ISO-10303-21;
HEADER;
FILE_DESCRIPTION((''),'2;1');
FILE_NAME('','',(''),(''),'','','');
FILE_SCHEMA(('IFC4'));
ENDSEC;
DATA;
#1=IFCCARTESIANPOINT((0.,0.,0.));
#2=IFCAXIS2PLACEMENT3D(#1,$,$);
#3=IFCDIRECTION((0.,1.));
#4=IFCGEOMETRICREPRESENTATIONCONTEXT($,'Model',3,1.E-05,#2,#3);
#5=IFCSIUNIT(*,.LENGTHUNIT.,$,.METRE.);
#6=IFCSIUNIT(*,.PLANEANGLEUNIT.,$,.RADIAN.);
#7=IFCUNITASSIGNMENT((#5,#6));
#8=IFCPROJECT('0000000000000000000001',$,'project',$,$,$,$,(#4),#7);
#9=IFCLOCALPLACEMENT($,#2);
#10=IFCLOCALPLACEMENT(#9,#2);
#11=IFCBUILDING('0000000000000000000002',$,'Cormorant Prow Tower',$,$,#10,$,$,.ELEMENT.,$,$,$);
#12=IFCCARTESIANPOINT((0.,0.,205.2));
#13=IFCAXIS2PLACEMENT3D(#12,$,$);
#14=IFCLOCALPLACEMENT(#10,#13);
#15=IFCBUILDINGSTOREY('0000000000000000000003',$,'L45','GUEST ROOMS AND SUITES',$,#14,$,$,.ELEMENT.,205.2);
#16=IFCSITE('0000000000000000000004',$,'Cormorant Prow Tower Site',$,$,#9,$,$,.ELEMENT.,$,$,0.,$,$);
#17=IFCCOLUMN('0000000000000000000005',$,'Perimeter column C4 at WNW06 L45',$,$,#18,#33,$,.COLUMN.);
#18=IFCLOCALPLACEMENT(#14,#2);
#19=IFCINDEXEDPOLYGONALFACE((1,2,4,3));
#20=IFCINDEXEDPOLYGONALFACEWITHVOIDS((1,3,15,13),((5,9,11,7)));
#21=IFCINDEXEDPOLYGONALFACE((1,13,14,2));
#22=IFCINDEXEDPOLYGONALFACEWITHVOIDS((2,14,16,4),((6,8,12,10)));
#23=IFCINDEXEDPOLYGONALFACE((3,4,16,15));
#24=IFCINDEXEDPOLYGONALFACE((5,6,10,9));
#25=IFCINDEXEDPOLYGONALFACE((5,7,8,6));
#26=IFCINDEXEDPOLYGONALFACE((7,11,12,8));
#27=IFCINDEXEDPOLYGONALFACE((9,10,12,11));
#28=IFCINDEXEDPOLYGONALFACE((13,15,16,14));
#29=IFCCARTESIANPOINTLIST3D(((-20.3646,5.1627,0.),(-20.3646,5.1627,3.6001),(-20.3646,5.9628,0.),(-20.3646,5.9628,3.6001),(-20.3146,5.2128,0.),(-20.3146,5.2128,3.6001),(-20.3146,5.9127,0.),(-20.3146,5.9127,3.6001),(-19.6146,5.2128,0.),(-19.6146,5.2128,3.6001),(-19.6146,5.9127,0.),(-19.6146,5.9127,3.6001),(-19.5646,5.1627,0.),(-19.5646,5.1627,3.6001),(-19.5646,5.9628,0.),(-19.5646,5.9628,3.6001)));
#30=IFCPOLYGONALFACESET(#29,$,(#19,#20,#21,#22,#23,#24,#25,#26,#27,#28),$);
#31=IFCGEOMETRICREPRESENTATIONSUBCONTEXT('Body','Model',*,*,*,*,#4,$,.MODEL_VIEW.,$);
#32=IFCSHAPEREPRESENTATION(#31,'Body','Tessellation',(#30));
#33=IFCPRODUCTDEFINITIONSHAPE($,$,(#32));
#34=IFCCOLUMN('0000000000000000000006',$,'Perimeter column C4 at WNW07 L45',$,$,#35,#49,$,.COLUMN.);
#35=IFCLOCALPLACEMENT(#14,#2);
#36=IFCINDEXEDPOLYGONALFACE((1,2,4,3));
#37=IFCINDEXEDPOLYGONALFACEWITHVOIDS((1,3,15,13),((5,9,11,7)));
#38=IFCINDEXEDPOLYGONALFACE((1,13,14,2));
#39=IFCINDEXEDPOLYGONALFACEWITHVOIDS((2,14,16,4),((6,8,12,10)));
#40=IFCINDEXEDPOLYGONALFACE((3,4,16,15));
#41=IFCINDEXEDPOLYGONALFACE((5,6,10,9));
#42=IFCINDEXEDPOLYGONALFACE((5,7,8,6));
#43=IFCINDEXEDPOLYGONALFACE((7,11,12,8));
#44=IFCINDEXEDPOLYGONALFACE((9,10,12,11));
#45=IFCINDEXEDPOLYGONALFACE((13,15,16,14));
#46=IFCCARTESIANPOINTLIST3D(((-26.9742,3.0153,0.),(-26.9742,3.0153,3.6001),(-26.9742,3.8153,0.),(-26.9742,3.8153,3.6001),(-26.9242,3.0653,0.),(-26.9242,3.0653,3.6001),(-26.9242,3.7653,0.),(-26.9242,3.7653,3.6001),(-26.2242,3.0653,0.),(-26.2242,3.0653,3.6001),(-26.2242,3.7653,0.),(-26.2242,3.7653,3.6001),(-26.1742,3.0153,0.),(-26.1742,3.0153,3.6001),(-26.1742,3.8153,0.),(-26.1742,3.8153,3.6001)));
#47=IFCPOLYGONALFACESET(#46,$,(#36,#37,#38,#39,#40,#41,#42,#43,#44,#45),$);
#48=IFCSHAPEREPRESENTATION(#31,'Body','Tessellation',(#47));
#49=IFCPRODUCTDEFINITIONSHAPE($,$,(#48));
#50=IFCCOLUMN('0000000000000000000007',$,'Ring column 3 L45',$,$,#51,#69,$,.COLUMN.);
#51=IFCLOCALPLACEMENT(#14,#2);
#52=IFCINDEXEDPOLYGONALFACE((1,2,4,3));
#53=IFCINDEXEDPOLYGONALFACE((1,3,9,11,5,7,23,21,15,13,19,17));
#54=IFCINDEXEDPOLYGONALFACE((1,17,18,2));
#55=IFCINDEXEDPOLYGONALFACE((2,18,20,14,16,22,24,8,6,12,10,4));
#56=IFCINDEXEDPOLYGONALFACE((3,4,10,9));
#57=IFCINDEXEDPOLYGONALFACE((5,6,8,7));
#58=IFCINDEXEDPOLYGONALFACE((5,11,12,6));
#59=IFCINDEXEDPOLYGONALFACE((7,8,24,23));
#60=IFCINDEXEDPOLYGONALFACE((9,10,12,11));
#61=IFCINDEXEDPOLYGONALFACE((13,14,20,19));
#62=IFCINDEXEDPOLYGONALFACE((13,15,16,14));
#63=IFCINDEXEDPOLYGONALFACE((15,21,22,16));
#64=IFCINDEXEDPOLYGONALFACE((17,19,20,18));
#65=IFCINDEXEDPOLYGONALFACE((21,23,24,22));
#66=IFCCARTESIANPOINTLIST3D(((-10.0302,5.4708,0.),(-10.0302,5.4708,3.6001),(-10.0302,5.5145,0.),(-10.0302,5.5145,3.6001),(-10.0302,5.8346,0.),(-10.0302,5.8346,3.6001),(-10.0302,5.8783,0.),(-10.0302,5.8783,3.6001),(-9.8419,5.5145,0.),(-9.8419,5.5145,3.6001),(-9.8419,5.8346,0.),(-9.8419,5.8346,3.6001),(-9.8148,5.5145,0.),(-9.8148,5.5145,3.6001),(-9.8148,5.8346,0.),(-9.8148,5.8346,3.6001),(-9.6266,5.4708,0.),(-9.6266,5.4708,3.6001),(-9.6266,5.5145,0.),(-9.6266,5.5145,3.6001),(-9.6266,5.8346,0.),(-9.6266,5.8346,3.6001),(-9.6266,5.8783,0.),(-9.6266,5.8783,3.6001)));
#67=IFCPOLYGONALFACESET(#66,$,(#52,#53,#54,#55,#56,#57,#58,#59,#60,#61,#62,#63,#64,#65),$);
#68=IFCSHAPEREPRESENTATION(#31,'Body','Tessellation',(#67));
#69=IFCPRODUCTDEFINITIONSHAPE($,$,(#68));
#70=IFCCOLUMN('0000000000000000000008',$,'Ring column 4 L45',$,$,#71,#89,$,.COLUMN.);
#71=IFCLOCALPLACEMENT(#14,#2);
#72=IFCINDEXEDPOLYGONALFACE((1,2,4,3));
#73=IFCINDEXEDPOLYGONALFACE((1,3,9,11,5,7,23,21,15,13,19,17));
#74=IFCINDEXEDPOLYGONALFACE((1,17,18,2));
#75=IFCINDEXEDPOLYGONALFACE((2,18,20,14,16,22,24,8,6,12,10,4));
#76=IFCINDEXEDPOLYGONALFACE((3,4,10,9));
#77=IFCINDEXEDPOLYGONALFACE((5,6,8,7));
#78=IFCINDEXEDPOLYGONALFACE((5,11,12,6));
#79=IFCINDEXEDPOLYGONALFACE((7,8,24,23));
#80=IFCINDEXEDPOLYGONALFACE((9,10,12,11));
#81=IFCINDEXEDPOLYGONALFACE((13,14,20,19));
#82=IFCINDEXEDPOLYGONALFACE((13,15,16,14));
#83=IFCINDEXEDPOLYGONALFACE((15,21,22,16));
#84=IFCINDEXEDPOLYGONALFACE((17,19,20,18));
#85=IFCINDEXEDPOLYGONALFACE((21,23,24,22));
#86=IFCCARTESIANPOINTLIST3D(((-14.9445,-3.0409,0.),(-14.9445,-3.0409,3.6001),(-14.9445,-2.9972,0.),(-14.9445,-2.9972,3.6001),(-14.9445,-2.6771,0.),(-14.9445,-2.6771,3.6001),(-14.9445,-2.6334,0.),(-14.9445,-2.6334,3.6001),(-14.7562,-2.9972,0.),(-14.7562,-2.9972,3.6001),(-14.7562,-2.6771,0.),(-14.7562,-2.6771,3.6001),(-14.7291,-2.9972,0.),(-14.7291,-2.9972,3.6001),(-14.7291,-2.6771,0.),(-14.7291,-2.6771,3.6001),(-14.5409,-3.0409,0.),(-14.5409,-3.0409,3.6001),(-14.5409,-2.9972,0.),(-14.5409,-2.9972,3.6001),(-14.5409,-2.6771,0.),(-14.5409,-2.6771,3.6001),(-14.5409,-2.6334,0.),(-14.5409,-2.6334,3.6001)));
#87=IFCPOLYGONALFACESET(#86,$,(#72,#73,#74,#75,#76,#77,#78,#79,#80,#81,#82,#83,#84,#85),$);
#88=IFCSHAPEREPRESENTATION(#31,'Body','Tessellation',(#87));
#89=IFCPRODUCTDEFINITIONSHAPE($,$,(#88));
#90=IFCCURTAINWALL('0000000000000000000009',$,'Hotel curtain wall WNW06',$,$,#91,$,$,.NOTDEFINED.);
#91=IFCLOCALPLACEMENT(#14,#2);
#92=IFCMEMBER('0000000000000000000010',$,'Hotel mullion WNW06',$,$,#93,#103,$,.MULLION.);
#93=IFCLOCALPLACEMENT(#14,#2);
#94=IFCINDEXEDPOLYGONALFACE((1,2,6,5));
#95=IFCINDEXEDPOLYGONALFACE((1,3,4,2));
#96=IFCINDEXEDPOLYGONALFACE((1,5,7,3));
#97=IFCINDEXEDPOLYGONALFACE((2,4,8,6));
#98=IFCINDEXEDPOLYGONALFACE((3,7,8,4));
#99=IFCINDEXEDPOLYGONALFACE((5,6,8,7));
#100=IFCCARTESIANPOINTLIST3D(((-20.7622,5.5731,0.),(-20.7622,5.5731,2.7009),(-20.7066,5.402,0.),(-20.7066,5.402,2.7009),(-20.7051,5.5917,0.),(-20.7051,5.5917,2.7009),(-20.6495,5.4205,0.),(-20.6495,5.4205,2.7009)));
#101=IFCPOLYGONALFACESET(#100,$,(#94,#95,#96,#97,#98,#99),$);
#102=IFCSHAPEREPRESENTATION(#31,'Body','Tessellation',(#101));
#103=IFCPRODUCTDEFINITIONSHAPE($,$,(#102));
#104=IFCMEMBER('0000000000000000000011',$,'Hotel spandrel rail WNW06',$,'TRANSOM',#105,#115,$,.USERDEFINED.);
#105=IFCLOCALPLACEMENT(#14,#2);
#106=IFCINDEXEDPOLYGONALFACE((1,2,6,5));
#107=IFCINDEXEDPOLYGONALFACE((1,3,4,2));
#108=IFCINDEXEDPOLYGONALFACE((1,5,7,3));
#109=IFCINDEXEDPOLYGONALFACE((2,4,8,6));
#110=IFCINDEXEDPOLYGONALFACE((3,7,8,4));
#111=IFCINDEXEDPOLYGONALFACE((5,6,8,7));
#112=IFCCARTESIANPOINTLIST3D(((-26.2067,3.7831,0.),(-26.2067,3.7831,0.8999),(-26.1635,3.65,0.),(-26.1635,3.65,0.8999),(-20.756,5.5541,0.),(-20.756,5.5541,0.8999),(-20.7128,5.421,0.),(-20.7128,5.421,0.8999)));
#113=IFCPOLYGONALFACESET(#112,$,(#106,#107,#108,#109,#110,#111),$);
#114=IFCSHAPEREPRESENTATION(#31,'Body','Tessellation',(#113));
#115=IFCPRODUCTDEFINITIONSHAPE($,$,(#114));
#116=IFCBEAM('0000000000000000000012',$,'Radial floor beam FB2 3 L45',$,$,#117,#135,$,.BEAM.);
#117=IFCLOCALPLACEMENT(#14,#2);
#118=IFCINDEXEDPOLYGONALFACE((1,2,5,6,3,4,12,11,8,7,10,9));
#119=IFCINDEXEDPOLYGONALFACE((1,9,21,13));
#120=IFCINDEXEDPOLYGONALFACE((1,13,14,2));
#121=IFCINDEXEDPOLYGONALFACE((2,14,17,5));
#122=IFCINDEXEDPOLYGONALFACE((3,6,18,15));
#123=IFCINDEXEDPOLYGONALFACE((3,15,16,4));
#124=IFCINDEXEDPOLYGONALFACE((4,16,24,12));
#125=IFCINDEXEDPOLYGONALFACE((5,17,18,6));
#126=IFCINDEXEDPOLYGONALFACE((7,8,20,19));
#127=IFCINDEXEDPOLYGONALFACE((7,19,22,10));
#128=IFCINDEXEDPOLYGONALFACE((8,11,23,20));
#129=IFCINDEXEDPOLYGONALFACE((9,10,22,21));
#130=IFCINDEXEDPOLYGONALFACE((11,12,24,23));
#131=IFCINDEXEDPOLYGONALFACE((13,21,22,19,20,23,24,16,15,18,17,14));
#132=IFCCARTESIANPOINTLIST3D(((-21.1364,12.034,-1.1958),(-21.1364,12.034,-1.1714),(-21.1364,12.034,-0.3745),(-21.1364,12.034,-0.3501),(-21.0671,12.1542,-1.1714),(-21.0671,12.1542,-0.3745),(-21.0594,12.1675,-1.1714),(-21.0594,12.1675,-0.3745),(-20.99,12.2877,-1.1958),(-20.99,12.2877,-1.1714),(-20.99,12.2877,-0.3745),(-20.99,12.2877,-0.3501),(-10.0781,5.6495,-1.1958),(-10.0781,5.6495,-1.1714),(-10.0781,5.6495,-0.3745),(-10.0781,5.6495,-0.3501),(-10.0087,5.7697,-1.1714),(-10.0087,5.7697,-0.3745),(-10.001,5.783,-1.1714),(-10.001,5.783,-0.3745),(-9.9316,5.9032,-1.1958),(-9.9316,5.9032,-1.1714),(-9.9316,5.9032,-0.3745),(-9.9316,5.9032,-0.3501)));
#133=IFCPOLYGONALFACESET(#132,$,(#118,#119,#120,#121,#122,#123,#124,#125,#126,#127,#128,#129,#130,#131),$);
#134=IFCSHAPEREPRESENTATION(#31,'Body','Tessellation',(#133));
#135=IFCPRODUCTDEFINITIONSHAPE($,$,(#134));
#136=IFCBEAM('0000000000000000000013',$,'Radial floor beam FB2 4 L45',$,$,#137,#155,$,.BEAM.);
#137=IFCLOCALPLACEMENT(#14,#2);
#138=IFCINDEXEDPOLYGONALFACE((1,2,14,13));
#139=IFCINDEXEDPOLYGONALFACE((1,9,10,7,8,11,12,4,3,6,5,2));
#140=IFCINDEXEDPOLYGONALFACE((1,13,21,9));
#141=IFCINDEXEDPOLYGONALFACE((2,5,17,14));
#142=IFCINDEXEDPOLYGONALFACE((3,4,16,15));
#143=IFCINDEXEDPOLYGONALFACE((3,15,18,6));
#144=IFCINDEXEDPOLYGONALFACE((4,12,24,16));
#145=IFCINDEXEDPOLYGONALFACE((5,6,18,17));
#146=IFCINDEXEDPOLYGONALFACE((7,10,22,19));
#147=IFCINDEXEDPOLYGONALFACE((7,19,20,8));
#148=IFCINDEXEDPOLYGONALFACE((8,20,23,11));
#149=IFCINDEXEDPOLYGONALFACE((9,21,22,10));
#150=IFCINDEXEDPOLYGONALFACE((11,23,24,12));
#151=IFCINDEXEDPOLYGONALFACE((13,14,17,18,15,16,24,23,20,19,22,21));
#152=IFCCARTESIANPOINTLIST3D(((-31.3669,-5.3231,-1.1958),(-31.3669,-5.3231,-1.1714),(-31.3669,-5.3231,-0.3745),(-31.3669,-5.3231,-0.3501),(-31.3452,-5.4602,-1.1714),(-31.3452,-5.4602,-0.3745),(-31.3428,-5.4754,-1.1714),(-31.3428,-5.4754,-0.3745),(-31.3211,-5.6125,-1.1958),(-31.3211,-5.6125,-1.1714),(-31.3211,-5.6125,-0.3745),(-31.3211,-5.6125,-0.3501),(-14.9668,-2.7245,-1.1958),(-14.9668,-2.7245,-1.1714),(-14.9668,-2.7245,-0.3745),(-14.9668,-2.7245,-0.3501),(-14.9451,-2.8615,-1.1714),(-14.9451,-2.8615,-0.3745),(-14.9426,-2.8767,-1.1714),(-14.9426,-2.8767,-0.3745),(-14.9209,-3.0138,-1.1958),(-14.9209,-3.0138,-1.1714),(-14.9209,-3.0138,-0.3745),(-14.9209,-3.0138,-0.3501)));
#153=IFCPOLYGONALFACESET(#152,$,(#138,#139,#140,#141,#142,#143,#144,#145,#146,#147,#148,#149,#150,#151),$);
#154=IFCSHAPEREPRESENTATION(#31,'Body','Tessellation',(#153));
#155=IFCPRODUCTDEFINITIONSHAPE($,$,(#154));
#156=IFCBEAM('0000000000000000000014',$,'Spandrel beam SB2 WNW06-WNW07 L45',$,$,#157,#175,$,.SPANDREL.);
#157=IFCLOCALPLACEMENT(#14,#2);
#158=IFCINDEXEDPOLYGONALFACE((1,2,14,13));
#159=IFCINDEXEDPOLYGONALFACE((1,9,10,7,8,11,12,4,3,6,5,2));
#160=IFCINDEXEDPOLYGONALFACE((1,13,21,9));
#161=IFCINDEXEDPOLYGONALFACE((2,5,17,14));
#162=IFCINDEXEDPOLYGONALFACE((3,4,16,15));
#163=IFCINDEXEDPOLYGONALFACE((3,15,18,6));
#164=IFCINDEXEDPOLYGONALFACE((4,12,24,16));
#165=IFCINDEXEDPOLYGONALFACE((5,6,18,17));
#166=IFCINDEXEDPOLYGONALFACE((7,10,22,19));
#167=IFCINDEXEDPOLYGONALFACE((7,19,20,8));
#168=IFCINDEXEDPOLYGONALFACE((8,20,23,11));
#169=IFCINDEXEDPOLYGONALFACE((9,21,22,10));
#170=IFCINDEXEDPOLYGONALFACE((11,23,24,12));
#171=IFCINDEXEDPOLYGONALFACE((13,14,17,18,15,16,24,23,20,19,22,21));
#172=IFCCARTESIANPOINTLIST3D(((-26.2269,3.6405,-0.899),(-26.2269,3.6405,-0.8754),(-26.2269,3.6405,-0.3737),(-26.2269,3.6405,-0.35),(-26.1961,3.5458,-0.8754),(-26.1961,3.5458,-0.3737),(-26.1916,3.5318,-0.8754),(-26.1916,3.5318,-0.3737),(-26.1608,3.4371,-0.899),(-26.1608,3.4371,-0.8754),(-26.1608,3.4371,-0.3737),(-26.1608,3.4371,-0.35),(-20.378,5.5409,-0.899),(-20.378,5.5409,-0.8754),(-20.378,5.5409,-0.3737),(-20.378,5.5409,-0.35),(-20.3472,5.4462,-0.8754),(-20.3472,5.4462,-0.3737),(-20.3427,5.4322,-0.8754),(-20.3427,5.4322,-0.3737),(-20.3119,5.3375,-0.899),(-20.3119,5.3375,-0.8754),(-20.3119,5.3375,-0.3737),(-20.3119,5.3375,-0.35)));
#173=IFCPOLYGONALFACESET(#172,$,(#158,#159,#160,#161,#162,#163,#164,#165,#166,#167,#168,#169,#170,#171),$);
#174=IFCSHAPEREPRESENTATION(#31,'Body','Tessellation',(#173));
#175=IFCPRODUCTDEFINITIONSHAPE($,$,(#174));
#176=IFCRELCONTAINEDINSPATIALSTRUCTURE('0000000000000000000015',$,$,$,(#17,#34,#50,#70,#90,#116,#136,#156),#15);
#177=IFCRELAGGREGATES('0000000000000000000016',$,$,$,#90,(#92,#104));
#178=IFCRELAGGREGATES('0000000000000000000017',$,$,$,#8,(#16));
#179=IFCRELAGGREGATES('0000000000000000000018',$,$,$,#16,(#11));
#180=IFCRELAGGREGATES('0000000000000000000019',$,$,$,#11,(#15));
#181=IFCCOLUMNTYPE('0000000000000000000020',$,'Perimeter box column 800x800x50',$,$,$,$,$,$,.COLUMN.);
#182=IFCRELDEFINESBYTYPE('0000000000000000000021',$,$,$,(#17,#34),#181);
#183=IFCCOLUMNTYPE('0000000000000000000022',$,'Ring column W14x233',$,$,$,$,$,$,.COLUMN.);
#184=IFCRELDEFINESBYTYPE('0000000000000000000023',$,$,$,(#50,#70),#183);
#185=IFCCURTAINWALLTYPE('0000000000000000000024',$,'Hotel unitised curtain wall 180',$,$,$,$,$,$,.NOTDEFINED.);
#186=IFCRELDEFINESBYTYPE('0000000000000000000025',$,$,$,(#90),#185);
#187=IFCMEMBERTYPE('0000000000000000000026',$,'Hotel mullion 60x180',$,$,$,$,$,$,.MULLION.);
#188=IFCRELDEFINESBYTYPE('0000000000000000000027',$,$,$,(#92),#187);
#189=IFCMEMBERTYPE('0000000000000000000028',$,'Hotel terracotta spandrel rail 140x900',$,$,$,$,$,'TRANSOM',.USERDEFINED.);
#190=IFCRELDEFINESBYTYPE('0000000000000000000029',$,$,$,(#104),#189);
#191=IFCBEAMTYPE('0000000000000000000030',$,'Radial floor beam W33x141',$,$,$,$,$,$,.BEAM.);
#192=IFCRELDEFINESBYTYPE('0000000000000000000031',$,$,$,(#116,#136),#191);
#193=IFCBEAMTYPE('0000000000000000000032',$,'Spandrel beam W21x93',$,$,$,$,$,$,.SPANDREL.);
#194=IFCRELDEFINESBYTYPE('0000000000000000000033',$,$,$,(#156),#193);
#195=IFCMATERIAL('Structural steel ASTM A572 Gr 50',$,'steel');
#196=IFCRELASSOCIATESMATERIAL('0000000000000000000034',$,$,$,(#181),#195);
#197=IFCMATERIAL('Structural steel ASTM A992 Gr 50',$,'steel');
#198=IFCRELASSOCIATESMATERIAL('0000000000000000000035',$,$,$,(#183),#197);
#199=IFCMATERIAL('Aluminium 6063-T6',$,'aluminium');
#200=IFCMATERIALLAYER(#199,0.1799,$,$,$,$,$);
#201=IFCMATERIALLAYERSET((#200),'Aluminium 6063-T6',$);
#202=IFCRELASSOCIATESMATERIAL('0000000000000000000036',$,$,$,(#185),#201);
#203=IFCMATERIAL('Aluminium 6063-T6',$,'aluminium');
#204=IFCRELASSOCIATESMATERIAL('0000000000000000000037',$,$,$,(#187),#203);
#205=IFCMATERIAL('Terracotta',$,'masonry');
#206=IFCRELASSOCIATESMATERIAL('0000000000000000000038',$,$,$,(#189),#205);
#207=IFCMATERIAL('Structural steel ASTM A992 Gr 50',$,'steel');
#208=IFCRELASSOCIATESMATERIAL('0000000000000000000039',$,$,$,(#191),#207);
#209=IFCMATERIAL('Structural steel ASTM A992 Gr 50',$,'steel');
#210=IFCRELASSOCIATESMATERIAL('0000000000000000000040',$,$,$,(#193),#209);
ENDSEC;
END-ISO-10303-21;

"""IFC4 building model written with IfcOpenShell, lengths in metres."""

from ifc_helpers import new_model, si_unit, direction, frame, origin, origin_2d, place, context, subcontext, project, spatial, rectangle, hollow_rectangle, i_section, extrude, material, layer, layer_set, material_profile, profile_set, type_object, element, aggregate, save


model = new_model("IFC4")

# Units and contexts
model_context = context("Model", 3, precision=1e-05, world=origin(), true_north=direction((0.0, 1.0)))
body_context = subcontext(model_context, "Body", "Model", "MODEL_VIEW")
ifc_project = project(units=[si_unit("LENGTHUNIT", "METRE"), si_unit("PLANEANGLEUNIT", "RADIAN")], contexts=[model_context])

# Site, building, storey
site_placement = place(None, origin())
site = spatial("IfcSite", under=ifc_project, at=site_placement, Name="Cormorant Prow Tower Site", CompositionType="ELEMENT", RefElevation=0.0)
building_placement = place(site_placement, origin())
building = spatial("IfcBuilding", under=site, at=building_placement, Name="Cormorant Prow Tower", CompositionType="ELEMENT")
storey_placement = place(building_placement, frame((0.0, 0.0, 205.2)))
storey = spatial("IfcBuildingStorey", under=building, at=storey_placement, Name="L45", Description="GUEST ROOMS AND SUITES", CompositionType="ELEMENT", Elevation=205.2)

# Columns
ifc_material_1 = material(Name="Structural steel ASTM A572 Gr 50", Category="steel")
ifc_material_profile_1 = material_profile(ifc_material_1, hollow_rectangle(XDim=0.8, YDim=0.8, WallThickness=0.05, at=origin_2d()), Name="Box 800x800x50")
ifc_profile_set_1 = profile_set([ifc_material_profile_1], Name="Structural steel ASTM A572 Gr 50")
column_type_1 = type_object("IfcColumnType", Name="Perimeter box column 800x800x50", PredefinedType="COLUMN", material=ifc_profile_set_1)
for number, where, z_axis, x_axis, name in (
    (1, (-19.9646, 5.5627, 0.0), (0.0, 0.0, 1.0), (1.0, 0.0, 0.0), "Perimeter column C4 at WNW06 L45"),
    (2, (-26.5742, 3.4153, 0.0), (0.0, 0.0, 1.0), (1.0, 0.0, 0.0), "Perimeter column C4 at WNW07 L45"),
):
    element("IfcColumn", number, at=place(storey_placement, frame(where, z_axis=z_axis, x_axis=x_axis)), inside=storey, type_object=column_type_1, Name=name, PredefinedType="COLUMN", context=body_context, shape_type="SweptSolid", body=[
        extrude(hollow_rectangle(XDim=0.8, YDim=0.8, WallThickness=0.05, at=origin_2d()), origin(), (0.0, 0.0, 1.0), 3.6001),
    ])
ifc_material_2 = material(Name="Structural steel ASTM A992 Gr 50", Category="steel")
ifc_material_profile_2 = material_profile(ifc_material_2, i_section(OverallWidth=0.4036, OverallDepth=0.4075, WebThickness=0.0271, FlangeThickness=0.0437, at=origin_2d()), Name="W14x233")
ifc_profile_set_2 = profile_set([ifc_material_profile_2], Name="Structural steel ASTM A992 Gr 50")
column_type_2 = type_object("IfcColumnType", Name="Ring column W14x233", PredefinedType="COLUMN", material=ifc_profile_set_2)
for number, where, z_axis, x_axis, name in (
    (3, (-9.8284, 5.6746, 0.0), (0.0, 0.0, 1.0), (1.0, 0.0, 0.0), "Ring column 3 L45"),
    (4, (-14.7427, -2.8372, 0.0), (0.0, 0.0, 1.0), (1.0, 0.0, 0.0), "Ring column 4 L45"),
):
    element("IfcColumn", number, at=place(storey_placement, frame(where, z_axis=z_axis, x_axis=x_axis)), inside=storey, type_object=column_type_2, Name=name, PredefinedType="COLUMN", context=body_context, shape_type="SweptSolid", body=[
        extrude(i_section(OverallWidth=0.4036, OverallDepth=0.4075, WebThickness=0.0271, FlangeThickness=0.0437, at=origin_2d()), origin(), (0.0, 0.0, 1.0), 3.6001),
    ])

# Curtain wall, members
ifc_material_3 = material(Name="Aluminium 6063-T6", Category="aluminium")
ifc_layer_1 = layer(ifc_material_3, 0.1799)
ifc_layer_set_1 = layer_set([ifc_layer_1], Name="Aluminium 6063-T6")
curtain_wall_type = type_object("IfcCurtainWallType", Name="Hotel unitised curtain wall 180", PredefinedType="NOTDEFINED", material=ifc_layer_set_1)
curtain_wall_placement = place(storey_placement, origin())
curtain_wall = element("IfcCurtainWall", 5, at=curtain_wall_placement, inside=storey, type_object=curtain_wall_type, Name="Hotel curtain wall WNW06", PredefinedType="NOTDEFINED")
ifc_material_4 = material(Name="Aluminium 6063-T6", Category="aluminium")
ifc_material_profile_3 = material_profile(ifc_material_4, rectangle(XDim=0.1799, YDim=0.0601, at=origin_2d()), Name="Hotel mullion 60x180")
ifc_profile_set_3 = profile_set([ifc_material_profile_3], Name="Aluminium 6063-T6")
member_type_1 = type_object("IfcMemberType", Name="Hotel mullion 60x180", PredefinedType="MULLION", material=ifc_profile_set_3)
member_1_placement = place(storey_placement, frame((-20.7058, 5.4968, 0.0), z_axis=(0.0, 0.0, 1.0), x_axis=(0.309017, -0.951057, 0.0)))
member_1 = element("IfcMember", 6, at=member_1_placement, type_object=member_type_1, Name="Hotel mullion WNW06", PredefinedType="MULLION", context=body_context, shape_type="SweptSolid", body=[
    extrude(rectangle(XDim=0.1799, YDim=0.0601, at=origin_2d()), origin(), (0.0, 0.0, 1.0), 2.7009),
])
ifc_material_5 = material(Name="Terracotta", Category="masonry")
ifc_material_profile_4 = material_profile(ifc_material_5, rectangle(XDim=0.1399, YDim=0.8999, at=origin_2d()), Name="Hotel terracotta spandrel rail 140x900")
ifc_profile_set_4 = profile_set([ifc_material_profile_4], Name="Terracotta")
member_type_2 = type_object("IfcMemberType", Name="Hotel terracotta spandrel rail 140x900", ElementType="TRANSOM", PredefinedType="USERDEFINED", material=ifc_profile_set_4)
member_2_placement = place(storey_placement, frame((-20.7344, 5.4875, 0.45), z_axis=(-0.951058, -0.309011, 0.0), x_axis=(0.309011, -0.951058, 0.0)))
member_2 = element("IfcMember", 7, at=member_2_placement, type_object=member_type_2, Name="Hotel spandrel rail WNW06", ObjectType="TRANSOM", PredefinedType="USERDEFINED", context=body_context, shape_type="SweptSolid", body=[
    extrude(rectangle(XDim=0.1399, YDim=0.8999, at=origin_2d()), origin(), (0.0, 0.0, 1.0), 5.7312),
])

# Beams
ifc_material_6 = material(Name="Structural steel ASTM A992 Gr 50", Category="steel")
ifc_material_profile_5 = material_profile(ifc_material_6, i_section(OverallWidth=0.293, OverallDepth=0.8457, WebThickness=0.0154, FlangeThickness=0.0244, at=origin_2d()), Name="W33x141")
ifc_profile_set_5 = profile_set([ifc_material_profile_5], Name="Structural steel ASTM A992 Gr 50")
beam_type_1 = type_object("IfcBeamType", Name="Radial floor beam W33x141", PredefinedType="BEAM", material=ifc_profile_set_5)
beam_1_placement = place(storey_placement, frame((-10.0049, 5.7764, -0.7729), z_axis=(-0.866026, 0.499999, 0.0), x_axis=(-0.499999, -0.866026, 0.0)))
element("IfcBeam", 8, at=beam_1_placement, inside=storey, type_object=beam_type_1, Name="Radial floor beam FB2 3 L45", PredefinedType="BEAM", context=body_context, shape_type="SweptSolid", body=[
    extrude(i_section(OverallWidth=0.293, OverallDepth=0.8457, WebThickness=0.0154, FlangeThickness=0.0244, at=origin_2d()), origin(), (0.0, 0.0, 1.0), 12.769),
])
beam_2_placement = place(storey_placement, frame((-14.9438, -2.8691, -0.7729), z_axis=(-0.987678, -0.156499, 0.0), x_axis=(0.156499, -0.987678, 0.0)))
element("IfcBeam", 9, at=beam_2_placement, inside=storey, type_object=beam_type_1, Name="Radial floor beam FB2 4 L45", PredefinedType="BEAM", context=body_context, shape_type="SweptSolid", body=[
    extrude(i_section(OverallWidth=0.293, OverallDepth=0.8457, WebThickness=0.0154, FlangeThickness=0.0244, at=origin_2d()), origin(), (0.0, 0.0, 1.0), 16.6047),
])
ifc_material_7 = material(Name="Structural steel ASTM A992 Gr 50", Category="steel")
ifc_material_profile_6 = material_profile(ifc_material_7, i_section(OverallWidth=0.2139, OverallDepth=0.5491, WebThickness=0.0146, FlangeThickness=0.0237, at=origin_2d()), Name="W21x93")
ifc_profile_set_6 = profile_set([ifc_material_profile_6], Name="Structural steel ASTM A992 Gr 50")
beam_type_2 = type_object("IfcBeamType", Name="Spandrel beam W21x93", PredefinedType="SPANDREL", material=ifc_profile_set_6)
beam_3_placement = place(storey_placement, frame((-20.345, 5.4392, -0.6245), z_axis=(-0.951058, -0.309013, 0.0), x_axis=(0.309013, -0.951058, 0.0)))
element("IfcBeam", 10, at=beam_3_placement, inside=storey, type_object=beam_type_2, Name="Spandrel beam SB2 WNW06-WNW07 L45", PredefinedType="SPANDREL", context=body_context, shape_type="SweptSolid", body=[
    extrude(i_section(OverallWidth=0.2139, OverallDepth=0.5491, WebThickness=0.0146, FlangeThickness=0.0237, at=origin_2d()), origin(), (0.0, 0.0, 1.0), 6.1499),
])

aggregate(curtain_wall, [member_1, member_2])

save(model, "model.ifc")
